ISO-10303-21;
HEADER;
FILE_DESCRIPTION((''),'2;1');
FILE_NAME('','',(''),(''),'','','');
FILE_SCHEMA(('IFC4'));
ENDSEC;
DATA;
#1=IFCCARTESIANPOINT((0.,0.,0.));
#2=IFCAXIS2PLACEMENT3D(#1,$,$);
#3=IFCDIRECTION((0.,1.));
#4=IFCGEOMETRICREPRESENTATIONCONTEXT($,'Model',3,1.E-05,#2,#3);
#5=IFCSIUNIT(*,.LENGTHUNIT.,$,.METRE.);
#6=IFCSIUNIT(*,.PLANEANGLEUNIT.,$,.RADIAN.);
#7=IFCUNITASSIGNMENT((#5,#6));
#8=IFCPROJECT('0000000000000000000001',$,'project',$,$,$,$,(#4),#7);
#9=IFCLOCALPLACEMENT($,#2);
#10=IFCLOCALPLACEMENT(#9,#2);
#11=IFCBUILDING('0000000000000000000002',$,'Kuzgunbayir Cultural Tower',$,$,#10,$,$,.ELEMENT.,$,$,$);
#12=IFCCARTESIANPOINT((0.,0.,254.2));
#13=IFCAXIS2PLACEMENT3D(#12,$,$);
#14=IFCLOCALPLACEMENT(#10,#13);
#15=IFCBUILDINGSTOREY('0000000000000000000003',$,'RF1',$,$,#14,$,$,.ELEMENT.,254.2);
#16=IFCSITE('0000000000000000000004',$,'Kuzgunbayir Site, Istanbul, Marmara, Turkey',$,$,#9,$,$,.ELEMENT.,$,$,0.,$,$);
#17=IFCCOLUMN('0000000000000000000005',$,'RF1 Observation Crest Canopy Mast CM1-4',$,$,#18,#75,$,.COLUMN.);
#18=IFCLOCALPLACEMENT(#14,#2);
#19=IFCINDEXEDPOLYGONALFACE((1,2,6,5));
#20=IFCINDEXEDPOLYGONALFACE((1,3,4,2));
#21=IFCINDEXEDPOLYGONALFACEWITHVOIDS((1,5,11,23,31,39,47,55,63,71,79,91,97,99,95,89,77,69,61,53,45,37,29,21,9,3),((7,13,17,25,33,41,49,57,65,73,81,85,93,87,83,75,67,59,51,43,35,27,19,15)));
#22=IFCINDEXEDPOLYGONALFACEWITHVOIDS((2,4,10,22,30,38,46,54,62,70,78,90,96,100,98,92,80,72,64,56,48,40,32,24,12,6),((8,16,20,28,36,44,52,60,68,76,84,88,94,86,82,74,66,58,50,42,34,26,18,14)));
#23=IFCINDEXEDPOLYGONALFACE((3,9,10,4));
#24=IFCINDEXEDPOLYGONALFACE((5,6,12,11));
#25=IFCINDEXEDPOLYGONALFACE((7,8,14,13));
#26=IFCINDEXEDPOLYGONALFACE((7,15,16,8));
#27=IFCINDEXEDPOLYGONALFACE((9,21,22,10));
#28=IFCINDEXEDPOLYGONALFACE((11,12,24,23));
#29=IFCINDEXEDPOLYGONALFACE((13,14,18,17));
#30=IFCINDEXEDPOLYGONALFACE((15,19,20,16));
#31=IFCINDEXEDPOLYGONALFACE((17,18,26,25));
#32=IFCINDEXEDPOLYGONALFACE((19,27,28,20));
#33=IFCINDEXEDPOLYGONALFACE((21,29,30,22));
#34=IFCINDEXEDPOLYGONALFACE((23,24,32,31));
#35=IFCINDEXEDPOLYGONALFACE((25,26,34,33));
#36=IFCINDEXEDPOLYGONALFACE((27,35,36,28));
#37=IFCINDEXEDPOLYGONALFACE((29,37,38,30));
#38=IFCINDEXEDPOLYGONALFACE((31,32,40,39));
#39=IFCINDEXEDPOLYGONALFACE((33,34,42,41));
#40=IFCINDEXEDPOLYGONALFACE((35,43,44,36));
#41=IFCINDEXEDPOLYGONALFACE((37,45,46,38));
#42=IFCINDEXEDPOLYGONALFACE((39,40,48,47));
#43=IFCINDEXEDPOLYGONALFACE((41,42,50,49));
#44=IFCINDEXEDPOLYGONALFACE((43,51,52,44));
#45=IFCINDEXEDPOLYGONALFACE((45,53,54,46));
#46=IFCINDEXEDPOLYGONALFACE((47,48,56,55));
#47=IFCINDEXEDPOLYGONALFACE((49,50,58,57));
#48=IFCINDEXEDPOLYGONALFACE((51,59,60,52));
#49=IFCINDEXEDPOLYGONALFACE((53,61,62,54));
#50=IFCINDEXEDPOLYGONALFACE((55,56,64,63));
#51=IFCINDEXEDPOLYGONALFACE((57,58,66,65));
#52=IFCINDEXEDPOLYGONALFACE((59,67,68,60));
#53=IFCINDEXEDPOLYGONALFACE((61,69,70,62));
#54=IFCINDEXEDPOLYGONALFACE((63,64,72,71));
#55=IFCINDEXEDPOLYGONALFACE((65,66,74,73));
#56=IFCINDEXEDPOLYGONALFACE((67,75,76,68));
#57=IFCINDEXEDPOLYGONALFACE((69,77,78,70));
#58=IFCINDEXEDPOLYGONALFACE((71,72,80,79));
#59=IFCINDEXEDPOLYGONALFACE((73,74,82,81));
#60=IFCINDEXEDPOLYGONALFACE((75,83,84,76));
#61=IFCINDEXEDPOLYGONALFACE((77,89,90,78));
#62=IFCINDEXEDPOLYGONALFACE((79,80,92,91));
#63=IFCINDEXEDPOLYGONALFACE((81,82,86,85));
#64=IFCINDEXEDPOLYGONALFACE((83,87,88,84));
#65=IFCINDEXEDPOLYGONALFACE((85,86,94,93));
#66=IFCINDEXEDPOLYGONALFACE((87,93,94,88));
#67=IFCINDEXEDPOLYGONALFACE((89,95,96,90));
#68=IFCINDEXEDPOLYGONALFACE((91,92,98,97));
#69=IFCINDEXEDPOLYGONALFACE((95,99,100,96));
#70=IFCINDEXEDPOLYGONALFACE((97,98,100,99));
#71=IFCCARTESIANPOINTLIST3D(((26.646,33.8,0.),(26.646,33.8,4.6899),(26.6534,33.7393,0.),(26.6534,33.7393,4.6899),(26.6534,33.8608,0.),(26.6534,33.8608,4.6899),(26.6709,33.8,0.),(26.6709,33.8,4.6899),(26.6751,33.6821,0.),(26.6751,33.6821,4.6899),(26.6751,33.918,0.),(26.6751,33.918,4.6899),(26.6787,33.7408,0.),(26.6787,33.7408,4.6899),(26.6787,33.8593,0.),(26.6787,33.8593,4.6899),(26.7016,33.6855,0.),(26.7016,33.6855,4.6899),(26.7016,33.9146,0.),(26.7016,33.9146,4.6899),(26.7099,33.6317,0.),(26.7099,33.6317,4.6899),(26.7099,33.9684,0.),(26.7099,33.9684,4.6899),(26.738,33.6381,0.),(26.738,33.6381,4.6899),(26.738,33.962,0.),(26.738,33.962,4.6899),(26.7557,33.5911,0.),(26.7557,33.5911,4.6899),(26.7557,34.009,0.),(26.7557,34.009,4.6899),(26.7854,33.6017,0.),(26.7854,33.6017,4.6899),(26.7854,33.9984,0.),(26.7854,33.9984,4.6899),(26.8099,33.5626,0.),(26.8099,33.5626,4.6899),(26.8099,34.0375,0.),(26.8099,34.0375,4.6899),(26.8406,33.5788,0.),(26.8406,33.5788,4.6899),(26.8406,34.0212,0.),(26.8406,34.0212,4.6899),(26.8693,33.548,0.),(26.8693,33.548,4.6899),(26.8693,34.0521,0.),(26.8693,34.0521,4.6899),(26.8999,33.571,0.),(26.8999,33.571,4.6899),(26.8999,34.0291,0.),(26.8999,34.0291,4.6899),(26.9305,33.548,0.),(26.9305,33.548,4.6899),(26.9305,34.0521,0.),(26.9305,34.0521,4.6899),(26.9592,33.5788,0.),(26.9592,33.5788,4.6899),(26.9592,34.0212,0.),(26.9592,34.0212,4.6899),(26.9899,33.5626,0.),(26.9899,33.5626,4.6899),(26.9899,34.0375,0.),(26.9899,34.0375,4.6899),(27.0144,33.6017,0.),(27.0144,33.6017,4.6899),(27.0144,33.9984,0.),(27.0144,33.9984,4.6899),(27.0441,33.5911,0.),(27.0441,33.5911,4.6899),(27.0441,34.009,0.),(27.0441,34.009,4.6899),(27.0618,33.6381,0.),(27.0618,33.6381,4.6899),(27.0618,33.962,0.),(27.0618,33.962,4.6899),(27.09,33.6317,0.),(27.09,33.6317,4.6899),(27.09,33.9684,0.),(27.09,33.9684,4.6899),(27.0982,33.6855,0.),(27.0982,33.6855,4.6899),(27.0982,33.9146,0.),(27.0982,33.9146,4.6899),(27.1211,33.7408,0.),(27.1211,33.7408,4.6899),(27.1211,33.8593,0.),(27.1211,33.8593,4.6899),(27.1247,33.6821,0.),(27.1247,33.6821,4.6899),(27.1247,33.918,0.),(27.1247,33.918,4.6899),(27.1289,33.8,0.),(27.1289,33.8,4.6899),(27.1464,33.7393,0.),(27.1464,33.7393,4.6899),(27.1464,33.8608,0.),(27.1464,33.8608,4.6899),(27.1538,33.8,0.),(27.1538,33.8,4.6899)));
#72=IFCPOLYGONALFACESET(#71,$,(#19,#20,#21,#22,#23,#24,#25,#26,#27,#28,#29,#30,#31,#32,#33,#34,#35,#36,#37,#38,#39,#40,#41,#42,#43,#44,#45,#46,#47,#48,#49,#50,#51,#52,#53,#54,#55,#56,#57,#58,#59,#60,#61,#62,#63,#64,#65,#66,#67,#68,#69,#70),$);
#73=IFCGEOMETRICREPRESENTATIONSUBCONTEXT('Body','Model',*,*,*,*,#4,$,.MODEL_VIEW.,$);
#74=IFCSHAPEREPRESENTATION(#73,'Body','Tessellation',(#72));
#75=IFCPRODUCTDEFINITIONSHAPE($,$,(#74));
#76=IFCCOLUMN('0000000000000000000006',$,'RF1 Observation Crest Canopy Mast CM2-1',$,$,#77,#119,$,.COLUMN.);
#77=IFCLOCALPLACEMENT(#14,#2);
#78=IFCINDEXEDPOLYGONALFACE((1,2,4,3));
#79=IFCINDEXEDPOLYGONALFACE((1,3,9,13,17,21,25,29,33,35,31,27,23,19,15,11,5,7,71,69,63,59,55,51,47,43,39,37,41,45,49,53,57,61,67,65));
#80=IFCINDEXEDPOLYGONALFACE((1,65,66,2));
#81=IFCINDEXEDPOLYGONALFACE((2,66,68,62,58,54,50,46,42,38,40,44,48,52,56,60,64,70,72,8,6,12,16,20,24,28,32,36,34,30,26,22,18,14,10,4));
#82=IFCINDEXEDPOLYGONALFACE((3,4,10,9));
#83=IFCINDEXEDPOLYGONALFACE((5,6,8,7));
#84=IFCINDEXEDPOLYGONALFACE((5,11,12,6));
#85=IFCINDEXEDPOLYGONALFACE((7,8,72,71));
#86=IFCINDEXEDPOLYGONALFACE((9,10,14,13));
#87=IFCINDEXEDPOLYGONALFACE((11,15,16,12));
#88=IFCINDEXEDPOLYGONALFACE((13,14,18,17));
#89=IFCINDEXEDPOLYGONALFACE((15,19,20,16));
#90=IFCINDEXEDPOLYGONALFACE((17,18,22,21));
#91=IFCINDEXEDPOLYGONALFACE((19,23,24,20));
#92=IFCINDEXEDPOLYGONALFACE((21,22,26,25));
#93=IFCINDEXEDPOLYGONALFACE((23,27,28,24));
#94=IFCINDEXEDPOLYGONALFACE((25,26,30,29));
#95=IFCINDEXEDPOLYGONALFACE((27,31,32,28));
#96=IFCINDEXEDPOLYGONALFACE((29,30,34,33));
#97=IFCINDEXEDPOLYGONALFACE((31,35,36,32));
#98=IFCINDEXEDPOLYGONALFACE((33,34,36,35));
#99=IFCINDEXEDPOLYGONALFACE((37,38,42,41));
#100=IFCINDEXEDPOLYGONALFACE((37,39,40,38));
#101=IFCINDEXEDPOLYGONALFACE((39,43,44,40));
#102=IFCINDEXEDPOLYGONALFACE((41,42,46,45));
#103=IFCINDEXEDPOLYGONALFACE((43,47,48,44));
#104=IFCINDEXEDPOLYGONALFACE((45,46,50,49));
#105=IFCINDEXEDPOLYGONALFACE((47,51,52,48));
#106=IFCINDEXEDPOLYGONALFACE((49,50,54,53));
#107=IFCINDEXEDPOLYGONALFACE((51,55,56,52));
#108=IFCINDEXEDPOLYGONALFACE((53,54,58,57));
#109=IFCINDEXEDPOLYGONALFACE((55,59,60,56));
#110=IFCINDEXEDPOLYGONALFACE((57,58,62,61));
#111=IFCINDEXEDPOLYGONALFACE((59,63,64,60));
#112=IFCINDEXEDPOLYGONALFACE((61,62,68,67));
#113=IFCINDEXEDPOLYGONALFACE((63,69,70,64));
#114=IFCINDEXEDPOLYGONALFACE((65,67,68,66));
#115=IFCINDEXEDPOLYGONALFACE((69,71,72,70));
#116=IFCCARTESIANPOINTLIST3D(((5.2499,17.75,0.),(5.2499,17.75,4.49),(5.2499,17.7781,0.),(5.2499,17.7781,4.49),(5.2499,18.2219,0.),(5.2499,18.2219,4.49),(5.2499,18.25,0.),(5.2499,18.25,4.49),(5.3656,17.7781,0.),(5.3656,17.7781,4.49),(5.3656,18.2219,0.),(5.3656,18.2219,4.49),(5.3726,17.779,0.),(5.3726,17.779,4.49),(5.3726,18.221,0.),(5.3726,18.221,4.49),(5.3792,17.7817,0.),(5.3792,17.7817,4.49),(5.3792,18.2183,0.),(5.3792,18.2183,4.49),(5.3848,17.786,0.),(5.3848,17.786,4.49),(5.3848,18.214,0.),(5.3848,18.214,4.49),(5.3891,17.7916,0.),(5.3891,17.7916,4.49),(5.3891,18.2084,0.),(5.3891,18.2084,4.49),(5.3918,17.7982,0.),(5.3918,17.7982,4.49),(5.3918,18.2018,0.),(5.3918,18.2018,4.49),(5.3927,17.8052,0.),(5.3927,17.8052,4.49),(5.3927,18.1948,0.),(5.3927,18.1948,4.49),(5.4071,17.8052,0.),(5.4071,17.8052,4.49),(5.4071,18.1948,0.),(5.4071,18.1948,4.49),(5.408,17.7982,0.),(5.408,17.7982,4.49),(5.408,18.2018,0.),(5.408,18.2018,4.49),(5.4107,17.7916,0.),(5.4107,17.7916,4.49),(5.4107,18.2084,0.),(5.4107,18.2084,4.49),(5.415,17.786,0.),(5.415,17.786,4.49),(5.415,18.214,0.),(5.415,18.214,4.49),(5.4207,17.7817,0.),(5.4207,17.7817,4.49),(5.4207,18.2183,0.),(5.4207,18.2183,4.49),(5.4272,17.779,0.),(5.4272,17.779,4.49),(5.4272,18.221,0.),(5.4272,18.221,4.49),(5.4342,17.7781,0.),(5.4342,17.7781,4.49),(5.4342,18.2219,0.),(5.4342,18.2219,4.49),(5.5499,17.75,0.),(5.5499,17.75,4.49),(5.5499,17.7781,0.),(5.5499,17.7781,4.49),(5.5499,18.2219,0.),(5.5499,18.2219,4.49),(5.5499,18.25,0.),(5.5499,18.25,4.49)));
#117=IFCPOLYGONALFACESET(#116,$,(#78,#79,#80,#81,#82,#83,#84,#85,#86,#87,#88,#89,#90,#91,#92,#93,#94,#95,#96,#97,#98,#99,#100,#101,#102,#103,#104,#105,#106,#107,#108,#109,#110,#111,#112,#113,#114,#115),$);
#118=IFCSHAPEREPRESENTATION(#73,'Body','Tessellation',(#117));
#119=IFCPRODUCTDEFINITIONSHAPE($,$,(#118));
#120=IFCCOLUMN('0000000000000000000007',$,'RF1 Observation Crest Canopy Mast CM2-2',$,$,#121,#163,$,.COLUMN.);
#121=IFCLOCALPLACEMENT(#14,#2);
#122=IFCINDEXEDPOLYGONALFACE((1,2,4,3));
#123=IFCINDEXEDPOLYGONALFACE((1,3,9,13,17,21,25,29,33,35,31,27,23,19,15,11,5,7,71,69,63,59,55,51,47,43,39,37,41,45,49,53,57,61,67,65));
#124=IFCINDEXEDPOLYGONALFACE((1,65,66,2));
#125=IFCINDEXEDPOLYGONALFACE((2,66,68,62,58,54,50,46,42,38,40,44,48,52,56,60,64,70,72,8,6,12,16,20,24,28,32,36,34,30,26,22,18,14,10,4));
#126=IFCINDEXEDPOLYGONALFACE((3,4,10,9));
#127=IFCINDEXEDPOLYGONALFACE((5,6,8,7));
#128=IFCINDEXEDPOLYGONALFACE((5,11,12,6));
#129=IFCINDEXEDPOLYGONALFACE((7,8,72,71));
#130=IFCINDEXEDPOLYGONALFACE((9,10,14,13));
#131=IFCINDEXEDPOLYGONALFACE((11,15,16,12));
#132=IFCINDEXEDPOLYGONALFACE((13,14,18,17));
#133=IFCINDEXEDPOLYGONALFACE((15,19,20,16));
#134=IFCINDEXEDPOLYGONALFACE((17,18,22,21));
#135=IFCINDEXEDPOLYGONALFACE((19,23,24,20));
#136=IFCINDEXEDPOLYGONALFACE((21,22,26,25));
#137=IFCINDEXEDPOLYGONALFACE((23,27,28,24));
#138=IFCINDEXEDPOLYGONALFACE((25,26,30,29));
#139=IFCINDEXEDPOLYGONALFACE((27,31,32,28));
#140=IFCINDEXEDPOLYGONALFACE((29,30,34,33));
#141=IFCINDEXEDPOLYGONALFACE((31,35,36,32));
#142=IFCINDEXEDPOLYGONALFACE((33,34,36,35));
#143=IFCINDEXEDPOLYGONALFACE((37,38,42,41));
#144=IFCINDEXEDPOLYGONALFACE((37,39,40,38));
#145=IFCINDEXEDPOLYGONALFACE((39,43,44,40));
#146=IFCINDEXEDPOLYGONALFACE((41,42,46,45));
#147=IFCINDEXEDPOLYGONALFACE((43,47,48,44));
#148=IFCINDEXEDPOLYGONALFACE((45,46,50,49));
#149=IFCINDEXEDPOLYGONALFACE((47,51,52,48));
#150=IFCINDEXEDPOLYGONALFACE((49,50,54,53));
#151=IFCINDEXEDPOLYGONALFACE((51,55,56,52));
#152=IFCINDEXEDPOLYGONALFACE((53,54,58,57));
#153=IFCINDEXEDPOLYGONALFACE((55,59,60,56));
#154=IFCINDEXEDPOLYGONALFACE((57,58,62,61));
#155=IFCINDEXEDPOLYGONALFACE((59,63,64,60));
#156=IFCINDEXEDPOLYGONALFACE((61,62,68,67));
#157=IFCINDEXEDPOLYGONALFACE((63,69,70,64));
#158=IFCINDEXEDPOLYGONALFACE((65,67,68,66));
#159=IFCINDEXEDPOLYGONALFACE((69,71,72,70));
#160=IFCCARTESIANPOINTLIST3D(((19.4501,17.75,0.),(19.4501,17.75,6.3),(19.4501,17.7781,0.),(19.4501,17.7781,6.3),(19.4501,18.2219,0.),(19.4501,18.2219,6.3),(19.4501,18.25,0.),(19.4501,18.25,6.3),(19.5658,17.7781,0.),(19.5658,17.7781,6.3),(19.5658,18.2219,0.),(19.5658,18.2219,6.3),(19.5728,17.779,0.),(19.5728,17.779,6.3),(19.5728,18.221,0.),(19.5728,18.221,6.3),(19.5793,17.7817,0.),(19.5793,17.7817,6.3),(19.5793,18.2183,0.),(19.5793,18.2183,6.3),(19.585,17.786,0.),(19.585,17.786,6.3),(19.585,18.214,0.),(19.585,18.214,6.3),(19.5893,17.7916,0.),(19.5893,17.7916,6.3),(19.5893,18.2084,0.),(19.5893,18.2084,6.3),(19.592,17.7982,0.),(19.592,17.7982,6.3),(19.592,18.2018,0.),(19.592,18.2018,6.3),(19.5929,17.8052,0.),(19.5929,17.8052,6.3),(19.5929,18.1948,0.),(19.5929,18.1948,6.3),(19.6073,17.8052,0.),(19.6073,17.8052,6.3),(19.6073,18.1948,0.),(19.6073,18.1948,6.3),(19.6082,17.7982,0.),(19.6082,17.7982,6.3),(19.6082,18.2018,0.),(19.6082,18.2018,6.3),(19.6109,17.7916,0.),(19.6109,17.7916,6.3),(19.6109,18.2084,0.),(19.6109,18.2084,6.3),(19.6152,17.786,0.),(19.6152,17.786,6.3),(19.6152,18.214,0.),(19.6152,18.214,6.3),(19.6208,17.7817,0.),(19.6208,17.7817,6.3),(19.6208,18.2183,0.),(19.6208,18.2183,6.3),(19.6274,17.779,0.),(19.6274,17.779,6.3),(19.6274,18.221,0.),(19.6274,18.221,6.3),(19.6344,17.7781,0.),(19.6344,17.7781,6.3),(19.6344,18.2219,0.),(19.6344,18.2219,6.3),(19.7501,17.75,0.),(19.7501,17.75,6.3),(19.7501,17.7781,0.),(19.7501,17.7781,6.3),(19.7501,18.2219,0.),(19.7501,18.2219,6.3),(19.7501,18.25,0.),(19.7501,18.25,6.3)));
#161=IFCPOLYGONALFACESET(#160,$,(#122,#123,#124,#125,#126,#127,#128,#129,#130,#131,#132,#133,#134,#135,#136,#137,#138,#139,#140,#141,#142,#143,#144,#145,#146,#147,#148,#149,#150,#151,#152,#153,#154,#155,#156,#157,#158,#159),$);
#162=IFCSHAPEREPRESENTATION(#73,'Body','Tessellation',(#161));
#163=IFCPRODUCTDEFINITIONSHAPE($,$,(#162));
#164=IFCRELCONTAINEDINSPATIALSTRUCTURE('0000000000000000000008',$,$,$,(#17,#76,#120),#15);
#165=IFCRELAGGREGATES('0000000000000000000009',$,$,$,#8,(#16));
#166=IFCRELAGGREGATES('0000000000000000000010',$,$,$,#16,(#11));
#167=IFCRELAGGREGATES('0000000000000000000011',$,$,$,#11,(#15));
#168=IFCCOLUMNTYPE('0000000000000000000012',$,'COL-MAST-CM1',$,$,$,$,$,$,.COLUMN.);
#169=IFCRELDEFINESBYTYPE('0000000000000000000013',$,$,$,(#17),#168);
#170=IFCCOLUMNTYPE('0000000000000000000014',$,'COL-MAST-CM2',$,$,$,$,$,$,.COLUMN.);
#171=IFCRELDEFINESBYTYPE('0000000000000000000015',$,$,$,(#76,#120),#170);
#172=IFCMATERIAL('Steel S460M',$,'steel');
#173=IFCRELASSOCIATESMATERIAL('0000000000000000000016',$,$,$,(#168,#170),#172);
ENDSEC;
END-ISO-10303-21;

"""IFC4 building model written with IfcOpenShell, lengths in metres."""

from ifc_helpers import new_model, si_unit, direction, frame, origin, origin_2d, place, context, subcontext, project, spatial, hollow_circle, i_section, extrude, material, material_profile, profile_set, type_object, element, save


model = new_model("IFC4")

# Units and contexts
model_context = context("Model", 3, precision=1e-05, world=origin(), true_north=direction((0.0, 1.0)))
body_context = subcontext(model_context, "Body", "Model", "MODEL_VIEW")
ifc_project = project(units=[si_unit("LENGTHUNIT", "METRE"), si_unit("PLANEANGLEUNIT", "RADIAN")], contexts=[model_context])

# Site, building, storey
site_placement = place(None, origin())
site = spatial("IfcSite", under=ifc_project, at=site_placement, Name="Kuzgunbayir Site, Istanbul, Marmara, Turkey", CompositionType="ELEMENT", RefElevation=0.0)
building_placement = place(site_placement, origin())
building = spatial("IfcBuilding", under=site, at=building_placement, Name="Kuzgunbayir Cultural Tower", CompositionType="ELEMENT")
storey_placement = place(building_placement, frame((0.0, 0.0, 254.2)))
storey = spatial("IfcBuildingStorey", under=building, at=storey_placement, Name="RF1", CompositionType="ELEMENT", Elevation=254.2)

# Columns
ifc_material_1 = material(Name="Steel S460M", Category="steel")
ifc_material_profile_1 = material_profile(ifc_material_1, hollow_circle(Radius=0.2539, WallThickness=0.0249, at=origin_2d()), Name="CHS 508x25")
ifc_profile_set_1 = profile_set([ifc_material_profile_1], Name="Steel S460M")
column_type_1 = type_object("IfcColumnType", Name="COL-MAST-CM1", PredefinedType="COLUMN", material=ifc_profile_set_1)
column_1_placement = place(storey_placement, frame((26.8999, 33.8, 0.0), z_axis=(0.0, 0.0, 1.0), x_axis=(1.0, 0.0, 0.0)))
element("IfcColumn", 1, at=column_1_placement, inside=storey, type_object=column_type_1, Name="RF1 Observation Crest Canopy Mast CM1-4", PredefinedType="COLUMN", context=body_context, shape_type="SweptSolid", body=[
    extrude(hollow_circle(Radius=0.2539, WallThickness=0.0249, at=origin_2d()), origin(), (0.0, 0.0, 1.0), 4.6899),
])
ifc_material_profile_2 = material_profile(ifc_material_1, i_section(OverallWidth=0.3, OverallDepth=0.5, WebThickness=0.0144, FlangeThickness=0.0281, FilletRadius=0.0271, at=origin_2d()), Name="HEB 500")
ifc_profile_set_2 = profile_set([ifc_material_profile_2], Name="Steel S460M")
column_type_2 = type_object("IfcColumnType", Name="COL-MAST-CM2", PredefinedType="COLUMN", material=ifc_profile_set_2)
column_2_placement = place(storey_placement, frame((5.3999, 18.0, 0.0), z_axis=(0.0, 0.0, 1.0), x_axis=(1.0, 0.0, 0.0)))
element("IfcColumn", 2, at=column_2_placement, inside=storey, type_object=column_type_2, Name="RF1 Observation Crest Canopy Mast CM2-1", PredefinedType="COLUMN", context=body_context, shape_type="SweptSolid", body=[
    extrude(i_section(OverallWidth=0.3, OverallDepth=0.5, WebThickness=0.0144, FlangeThickness=0.0281, FilletRadius=0.0271, at=origin_2d()), origin(), (0.0, 0.0, 1.0), 4.49),
])
column_3_placement = place(storey_placement, frame((19.6001, 18.0, 0.0), z_axis=(0.0, 0.0, 1.0), x_axis=(1.0, 0.0, 0.0)))
element("IfcColumn", 3, at=column_3_placement, inside=storey, type_object=column_type_2, Name="RF1 Observation Crest Canopy Mast CM2-2", PredefinedType="COLUMN", context=body_context, shape_type="SweptSolid", body=[
    extrude(i_section(OverallWidth=0.3, OverallDepth=0.5, WebThickness=0.0144, FlangeThickness=0.0281, FilletRadius=0.0271, at=origin_2d()), origin(), (0.0, 0.0, 1.0), 6.3),
])

save(model, "model.ifc")
